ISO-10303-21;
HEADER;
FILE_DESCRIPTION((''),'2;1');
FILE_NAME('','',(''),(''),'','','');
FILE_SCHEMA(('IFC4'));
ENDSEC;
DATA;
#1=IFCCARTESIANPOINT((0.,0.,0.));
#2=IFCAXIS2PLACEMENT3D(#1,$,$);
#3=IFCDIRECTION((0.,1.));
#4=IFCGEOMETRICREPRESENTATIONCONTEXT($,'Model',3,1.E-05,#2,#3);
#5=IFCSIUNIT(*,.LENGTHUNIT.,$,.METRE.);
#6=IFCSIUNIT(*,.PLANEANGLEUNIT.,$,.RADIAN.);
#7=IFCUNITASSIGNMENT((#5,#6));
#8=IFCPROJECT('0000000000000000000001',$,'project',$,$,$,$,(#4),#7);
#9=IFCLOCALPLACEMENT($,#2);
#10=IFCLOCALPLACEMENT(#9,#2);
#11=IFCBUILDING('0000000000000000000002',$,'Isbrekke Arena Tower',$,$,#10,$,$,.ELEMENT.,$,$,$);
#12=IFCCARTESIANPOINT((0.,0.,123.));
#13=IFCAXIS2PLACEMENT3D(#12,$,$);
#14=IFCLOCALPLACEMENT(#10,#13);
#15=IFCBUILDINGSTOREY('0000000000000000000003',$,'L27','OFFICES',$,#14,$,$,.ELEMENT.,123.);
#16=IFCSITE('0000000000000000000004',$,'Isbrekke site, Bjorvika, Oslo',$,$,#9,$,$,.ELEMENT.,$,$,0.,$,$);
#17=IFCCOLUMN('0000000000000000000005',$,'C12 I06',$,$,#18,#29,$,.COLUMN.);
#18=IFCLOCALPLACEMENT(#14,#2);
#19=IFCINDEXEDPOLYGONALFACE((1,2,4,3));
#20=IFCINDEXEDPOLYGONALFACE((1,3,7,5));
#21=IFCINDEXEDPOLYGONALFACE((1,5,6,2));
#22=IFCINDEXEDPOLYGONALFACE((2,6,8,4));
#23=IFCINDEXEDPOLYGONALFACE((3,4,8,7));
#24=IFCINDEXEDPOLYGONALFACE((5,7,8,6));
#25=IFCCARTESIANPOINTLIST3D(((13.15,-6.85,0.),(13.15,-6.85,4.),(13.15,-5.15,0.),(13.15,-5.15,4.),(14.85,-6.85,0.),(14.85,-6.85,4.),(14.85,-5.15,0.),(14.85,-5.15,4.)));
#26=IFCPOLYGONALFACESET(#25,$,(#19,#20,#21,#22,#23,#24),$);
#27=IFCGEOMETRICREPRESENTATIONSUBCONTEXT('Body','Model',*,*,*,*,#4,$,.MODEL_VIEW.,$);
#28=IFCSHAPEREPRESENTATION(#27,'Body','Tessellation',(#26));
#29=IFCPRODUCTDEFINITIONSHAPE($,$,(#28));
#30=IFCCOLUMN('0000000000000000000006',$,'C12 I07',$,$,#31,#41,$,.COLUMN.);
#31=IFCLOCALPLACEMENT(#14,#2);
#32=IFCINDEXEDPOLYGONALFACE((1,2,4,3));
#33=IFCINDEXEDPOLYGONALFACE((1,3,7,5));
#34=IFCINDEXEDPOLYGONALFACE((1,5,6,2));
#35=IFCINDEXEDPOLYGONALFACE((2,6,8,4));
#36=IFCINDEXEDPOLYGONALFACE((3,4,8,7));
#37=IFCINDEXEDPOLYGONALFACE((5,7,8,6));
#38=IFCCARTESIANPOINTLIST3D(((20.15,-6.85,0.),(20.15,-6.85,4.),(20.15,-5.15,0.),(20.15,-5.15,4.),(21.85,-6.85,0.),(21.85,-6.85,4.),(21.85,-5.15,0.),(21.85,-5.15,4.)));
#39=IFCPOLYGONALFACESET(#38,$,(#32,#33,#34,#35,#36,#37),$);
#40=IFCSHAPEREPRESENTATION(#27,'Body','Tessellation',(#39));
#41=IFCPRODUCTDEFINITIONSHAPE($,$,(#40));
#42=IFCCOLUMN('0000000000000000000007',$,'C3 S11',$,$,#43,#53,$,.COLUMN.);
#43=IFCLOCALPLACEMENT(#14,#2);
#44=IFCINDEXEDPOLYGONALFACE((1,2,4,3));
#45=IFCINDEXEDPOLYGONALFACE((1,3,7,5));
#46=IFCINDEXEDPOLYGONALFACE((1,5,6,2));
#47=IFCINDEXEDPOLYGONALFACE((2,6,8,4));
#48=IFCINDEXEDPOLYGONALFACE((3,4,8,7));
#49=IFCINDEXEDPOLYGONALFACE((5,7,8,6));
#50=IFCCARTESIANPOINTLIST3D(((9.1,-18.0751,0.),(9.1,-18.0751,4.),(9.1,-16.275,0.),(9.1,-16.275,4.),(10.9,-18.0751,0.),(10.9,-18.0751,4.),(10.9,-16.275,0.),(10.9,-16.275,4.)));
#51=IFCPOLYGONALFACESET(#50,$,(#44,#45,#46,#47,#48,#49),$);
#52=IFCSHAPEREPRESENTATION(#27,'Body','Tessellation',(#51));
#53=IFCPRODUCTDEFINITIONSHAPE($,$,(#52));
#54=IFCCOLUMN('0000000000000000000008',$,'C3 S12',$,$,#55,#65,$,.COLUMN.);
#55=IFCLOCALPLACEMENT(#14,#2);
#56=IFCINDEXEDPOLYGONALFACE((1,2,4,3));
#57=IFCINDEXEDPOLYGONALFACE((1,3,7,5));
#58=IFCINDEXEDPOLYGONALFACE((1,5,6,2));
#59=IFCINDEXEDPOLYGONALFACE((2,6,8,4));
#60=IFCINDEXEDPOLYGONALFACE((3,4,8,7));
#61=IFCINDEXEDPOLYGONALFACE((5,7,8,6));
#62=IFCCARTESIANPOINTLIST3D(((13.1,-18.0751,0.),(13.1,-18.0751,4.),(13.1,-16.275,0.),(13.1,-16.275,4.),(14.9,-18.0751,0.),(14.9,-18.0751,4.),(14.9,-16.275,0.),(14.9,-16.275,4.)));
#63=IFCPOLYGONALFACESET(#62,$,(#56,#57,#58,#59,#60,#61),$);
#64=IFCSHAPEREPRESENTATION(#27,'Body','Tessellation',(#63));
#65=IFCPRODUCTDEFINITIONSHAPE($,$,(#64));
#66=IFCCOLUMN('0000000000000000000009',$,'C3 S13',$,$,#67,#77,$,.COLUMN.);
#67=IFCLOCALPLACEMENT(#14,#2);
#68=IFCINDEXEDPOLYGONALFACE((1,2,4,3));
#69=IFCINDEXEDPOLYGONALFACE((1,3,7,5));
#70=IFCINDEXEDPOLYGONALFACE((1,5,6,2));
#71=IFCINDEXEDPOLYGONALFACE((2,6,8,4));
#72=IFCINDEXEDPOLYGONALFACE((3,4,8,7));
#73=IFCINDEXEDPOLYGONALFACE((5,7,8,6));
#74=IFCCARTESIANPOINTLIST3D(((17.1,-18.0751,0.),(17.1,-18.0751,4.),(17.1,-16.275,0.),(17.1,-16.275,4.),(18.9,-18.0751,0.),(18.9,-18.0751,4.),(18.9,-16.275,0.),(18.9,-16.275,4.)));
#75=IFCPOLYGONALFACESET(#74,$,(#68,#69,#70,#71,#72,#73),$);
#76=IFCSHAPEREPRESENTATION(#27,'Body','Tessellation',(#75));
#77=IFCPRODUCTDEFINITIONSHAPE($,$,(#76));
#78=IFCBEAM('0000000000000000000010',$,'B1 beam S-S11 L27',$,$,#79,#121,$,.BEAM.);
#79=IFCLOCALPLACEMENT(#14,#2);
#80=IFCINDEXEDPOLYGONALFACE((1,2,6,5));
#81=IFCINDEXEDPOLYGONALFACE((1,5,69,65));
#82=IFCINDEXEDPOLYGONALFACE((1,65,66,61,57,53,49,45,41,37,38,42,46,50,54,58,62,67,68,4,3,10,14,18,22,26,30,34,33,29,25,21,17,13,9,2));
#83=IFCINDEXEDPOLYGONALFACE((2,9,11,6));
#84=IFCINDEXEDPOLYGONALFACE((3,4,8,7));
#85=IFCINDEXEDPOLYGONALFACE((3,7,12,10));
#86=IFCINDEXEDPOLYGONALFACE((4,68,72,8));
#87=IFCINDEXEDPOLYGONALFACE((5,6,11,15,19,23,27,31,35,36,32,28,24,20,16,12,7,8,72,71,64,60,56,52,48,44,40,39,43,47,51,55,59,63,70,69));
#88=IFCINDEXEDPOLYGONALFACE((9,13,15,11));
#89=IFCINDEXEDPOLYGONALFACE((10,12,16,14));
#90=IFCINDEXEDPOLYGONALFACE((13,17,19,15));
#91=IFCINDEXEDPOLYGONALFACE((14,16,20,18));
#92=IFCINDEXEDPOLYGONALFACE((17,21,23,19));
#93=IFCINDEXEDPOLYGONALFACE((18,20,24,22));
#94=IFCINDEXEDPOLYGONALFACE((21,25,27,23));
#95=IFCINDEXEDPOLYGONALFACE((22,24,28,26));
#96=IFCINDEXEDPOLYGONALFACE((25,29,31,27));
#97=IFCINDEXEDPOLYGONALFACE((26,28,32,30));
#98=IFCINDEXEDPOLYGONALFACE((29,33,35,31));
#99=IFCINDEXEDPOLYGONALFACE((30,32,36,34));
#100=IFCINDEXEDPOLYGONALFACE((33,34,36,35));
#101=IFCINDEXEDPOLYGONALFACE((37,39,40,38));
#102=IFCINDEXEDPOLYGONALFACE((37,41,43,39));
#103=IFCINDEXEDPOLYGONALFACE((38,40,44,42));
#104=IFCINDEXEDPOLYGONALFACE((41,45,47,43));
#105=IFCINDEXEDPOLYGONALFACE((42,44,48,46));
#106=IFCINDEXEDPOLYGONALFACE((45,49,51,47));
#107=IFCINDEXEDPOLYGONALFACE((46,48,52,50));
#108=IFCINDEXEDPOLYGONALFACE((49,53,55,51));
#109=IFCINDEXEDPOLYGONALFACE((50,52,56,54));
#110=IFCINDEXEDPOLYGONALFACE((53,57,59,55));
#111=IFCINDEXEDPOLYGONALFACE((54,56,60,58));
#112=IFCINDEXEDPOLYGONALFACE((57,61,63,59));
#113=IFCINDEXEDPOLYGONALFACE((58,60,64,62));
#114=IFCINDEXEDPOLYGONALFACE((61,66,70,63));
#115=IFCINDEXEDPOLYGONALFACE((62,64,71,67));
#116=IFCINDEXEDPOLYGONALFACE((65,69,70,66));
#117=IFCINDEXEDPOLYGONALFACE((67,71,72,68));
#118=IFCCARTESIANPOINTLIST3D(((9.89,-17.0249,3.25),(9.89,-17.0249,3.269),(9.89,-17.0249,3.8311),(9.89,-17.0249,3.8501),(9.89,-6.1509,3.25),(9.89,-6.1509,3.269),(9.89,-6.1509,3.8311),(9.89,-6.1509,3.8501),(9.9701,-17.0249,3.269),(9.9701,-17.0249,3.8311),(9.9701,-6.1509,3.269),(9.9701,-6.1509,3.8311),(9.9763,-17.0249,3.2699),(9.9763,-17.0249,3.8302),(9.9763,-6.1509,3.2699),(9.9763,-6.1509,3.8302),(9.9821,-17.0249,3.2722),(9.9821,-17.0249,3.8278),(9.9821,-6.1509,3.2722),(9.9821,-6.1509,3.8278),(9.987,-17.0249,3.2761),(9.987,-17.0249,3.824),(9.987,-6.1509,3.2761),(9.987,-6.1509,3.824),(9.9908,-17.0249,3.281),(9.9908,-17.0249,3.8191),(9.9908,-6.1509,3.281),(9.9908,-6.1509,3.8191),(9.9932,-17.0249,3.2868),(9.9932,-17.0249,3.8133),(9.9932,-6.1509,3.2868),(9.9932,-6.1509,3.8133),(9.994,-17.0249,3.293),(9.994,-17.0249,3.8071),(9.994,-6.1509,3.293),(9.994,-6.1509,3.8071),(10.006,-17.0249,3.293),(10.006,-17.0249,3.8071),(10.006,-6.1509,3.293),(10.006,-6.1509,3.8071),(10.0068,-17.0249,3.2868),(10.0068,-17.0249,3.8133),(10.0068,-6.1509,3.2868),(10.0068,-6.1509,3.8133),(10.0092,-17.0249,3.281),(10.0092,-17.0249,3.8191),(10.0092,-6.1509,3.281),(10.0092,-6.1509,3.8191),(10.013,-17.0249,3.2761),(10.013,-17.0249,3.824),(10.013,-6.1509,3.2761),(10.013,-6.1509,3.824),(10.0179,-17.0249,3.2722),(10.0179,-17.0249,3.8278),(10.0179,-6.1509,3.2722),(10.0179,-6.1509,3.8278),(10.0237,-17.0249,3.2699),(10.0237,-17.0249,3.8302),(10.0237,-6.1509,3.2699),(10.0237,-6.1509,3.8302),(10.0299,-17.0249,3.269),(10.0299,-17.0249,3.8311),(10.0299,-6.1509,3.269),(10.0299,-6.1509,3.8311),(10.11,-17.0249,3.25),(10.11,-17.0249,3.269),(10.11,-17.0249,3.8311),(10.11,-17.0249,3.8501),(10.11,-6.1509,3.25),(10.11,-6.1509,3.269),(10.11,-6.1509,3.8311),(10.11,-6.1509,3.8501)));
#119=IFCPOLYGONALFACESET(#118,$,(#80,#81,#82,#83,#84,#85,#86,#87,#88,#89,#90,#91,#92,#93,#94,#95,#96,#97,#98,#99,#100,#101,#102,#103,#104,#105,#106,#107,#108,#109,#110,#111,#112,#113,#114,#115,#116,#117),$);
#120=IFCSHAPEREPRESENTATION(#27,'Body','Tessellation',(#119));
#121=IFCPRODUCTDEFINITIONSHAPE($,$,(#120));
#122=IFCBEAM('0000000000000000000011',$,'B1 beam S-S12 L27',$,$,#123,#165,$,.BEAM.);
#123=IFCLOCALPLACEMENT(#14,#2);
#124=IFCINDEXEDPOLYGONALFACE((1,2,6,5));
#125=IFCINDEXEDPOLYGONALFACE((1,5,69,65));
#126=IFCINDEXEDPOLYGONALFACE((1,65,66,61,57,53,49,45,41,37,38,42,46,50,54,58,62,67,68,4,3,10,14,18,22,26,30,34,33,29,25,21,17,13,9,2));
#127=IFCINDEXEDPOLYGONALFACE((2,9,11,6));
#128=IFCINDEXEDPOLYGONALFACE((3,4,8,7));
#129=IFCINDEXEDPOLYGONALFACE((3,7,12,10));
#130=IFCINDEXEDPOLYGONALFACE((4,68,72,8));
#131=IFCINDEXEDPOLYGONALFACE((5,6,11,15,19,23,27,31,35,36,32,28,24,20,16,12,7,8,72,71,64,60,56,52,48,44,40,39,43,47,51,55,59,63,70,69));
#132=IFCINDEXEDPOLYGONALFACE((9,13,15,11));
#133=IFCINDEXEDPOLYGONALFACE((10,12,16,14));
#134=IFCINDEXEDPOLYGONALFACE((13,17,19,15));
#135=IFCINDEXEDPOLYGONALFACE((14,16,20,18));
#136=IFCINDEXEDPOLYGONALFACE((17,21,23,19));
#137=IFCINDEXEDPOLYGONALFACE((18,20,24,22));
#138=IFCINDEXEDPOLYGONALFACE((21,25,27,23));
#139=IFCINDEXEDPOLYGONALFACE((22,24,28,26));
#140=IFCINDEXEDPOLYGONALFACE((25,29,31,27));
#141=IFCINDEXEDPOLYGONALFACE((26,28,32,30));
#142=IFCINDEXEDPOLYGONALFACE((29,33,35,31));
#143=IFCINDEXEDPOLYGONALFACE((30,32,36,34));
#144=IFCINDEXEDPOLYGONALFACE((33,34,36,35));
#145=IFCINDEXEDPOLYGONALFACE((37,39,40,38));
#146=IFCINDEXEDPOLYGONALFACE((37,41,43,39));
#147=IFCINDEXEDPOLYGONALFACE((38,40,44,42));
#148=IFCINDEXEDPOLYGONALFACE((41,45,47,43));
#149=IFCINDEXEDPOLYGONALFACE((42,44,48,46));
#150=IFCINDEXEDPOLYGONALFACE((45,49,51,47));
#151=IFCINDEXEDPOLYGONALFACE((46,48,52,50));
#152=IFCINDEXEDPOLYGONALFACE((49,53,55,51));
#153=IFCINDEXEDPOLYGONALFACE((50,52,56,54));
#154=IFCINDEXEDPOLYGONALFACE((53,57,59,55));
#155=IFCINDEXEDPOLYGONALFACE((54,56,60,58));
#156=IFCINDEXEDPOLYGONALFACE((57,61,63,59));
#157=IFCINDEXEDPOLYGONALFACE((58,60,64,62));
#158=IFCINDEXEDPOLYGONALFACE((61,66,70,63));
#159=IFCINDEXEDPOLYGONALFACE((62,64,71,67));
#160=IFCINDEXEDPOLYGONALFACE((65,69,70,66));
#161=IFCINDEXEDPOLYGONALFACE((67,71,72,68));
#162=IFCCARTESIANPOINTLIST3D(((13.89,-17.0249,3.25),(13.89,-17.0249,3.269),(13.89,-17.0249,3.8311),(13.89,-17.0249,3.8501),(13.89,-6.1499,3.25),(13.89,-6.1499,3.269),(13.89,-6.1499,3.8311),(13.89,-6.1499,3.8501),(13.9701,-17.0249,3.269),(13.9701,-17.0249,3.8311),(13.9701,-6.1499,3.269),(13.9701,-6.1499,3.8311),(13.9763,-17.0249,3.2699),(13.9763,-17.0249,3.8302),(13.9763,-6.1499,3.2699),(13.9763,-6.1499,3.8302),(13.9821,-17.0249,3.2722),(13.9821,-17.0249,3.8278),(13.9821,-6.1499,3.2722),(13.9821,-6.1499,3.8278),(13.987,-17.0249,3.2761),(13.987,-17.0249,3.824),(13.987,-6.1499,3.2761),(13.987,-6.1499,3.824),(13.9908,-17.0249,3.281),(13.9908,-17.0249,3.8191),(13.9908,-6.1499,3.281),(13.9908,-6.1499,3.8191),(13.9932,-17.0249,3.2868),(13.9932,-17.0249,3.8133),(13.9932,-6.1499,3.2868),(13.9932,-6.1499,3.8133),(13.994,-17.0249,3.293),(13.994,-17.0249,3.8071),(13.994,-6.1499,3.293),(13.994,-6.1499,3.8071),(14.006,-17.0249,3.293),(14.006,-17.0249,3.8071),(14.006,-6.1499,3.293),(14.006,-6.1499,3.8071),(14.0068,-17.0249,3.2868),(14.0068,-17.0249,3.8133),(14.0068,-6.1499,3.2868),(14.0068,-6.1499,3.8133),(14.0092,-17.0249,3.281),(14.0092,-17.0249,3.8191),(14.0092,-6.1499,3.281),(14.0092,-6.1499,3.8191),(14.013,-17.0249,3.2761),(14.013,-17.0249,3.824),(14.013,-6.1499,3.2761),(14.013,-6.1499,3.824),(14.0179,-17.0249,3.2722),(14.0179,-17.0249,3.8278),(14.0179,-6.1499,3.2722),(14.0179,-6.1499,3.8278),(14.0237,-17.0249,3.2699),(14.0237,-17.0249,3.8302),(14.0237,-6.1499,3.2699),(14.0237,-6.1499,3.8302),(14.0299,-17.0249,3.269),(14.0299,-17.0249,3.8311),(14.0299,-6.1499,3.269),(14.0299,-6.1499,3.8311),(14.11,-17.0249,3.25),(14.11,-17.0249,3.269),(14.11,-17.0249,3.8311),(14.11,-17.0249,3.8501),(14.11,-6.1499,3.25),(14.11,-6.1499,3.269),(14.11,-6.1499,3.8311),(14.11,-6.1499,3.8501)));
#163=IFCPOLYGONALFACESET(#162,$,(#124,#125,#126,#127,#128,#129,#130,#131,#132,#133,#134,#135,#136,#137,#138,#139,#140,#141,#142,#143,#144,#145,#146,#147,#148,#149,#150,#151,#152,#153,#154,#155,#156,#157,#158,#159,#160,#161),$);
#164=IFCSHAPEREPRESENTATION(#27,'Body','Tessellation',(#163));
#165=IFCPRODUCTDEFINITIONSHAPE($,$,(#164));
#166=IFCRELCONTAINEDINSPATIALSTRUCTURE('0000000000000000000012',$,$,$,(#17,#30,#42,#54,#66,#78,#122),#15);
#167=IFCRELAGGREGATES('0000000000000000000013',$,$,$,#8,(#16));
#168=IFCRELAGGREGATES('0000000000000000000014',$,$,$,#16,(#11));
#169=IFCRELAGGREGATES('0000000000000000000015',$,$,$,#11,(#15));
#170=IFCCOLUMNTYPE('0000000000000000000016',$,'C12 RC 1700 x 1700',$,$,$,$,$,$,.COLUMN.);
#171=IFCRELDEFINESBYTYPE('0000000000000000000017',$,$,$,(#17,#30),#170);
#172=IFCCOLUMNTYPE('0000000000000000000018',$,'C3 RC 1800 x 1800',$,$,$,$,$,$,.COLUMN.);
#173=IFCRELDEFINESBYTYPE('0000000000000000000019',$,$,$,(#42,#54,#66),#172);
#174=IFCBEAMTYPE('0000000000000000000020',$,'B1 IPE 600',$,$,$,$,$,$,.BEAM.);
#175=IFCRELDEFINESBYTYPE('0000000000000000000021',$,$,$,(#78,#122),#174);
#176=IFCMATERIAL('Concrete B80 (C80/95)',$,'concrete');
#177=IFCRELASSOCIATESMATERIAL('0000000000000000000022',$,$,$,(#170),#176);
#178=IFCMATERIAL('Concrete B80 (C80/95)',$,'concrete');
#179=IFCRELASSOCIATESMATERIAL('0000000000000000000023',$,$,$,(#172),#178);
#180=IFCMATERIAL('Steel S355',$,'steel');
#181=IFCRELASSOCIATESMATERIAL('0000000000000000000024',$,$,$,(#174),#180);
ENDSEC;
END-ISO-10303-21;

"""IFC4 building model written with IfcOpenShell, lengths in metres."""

from ifc_helpers import new_model, si_unit, direction, frame, origin, origin_2d, place, context, subcontext, project, spatial, rectangle, i_section, extrude, material, material_profile, profile_set, type_object, element, save


model = new_model("IFC4")

# Units and contexts
model_context = context("Model", 3, precision=1e-05, world=origin(), true_north=direction((0.0, 1.0)))
body_context = subcontext(model_context, "Body", "Model", "MODEL_VIEW")
ifc_project = project(units=[si_unit("LENGTHUNIT", "METRE"), si_unit("PLANEANGLEUNIT", "RADIAN")], contexts=[model_context])

# Site, building, storey
site_placement = place(None, origin())
site = spatial("IfcSite", under=ifc_project, at=site_placement, Name="Isbrekke site, Bjorvika, Oslo", CompositionType="ELEMENT", RefElevation=0.0)
building_placement = place(site_placement, origin())
building = spatial("IfcBuilding", under=site, at=building_placement, Name="Isbrekke Arena Tower", CompositionType="ELEMENT")
storey_placement = place(building_placement, frame((0.0, 0.0, 123.0)))
storey = spatial("IfcBuildingStorey", under=building, at=storey_placement, Name="L27", Description="OFFICES", CompositionType="ELEMENT", Elevation=123.0)

# Columns
ifc_material_1 = material(Name="Concrete B80 (C80/95)", Category="concrete")
ifc_material_profile_1 = material_profile(ifc_material_1, rectangle(XDim=1.7, YDim=1.7, at=origin_2d()), Name="RC 1700x1700")
ifc_profile_set_1 = profile_set([ifc_material_profile_1], Name="Concrete B80 (C80/95)")
column_type_1 = type_object("IfcColumnType", Name="C12 RC 1700 x 1700", PredefinedType="COLUMN", material=ifc_profile_set_1)
for number, where, z_axis, x_axis, name in (
    (1, (14.0, -6.0, 0.0), (0.0, 0.0, 1.0), (1.0, 0.0, 0.0), "C12 I06"),
    (2, (21.0, -6.0, 0.0), (0.0, 0.0, 1.0), (1.0, 0.0, 0.0), "C12 I07"),
):
    element("IfcColumn", number, at=place(storey_placement, frame(where, z_axis=z_axis, x_axis=x_axis)), inside=storey, type_object=column_type_1, Name=name, PredefinedType="COLUMN", context=body_context, shape_type="SweptSolid", body=[
        extrude(rectangle(XDim=1.7, YDim=1.7, at=origin_2d()), origin(), (0.0, 0.0, 1.0), 4.0),
    ])
ifc_material_2 = material(Name="Concrete B80 (C80/95)", Category="concrete")
ifc_material_profile_2 = material_profile(ifc_material_2, rectangle(XDim=1.8, YDim=1.8, at=origin_2d()), Name="RC 1800x1800")
ifc_profile_set_2 = profile_set([ifc_material_profile_2], Name="Concrete B80 (C80/95)")
column_type_2 = type_object("IfcColumnType", Name="C3 RC 1800 x 1800", PredefinedType="COLUMN", material=ifc_profile_set_2)
for number, where, z_axis, x_axis, name in (
    (3, (10.0, -17.175, 0.0), (0.0, 0.0, 1.0), (1.0, 0.0, 0.0), "C3 S11"),
    (4, (14.0, -17.175, 0.0), (0.0, 0.0, 1.0), (1.0, 0.0, 0.0), "C3 S12"),
    (5, (18.0, -17.175, 0.0), (0.0, 0.0, 1.0), (1.0, 0.0, 0.0), "C3 S13"),
):
    element("IfcColumn", number, at=place(storey_placement, frame(where, z_axis=z_axis, x_axis=x_axis)), inside=storey, type_object=column_type_2, Name=name, PredefinedType="COLUMN", context=body_context, shape_type="SweptSolid", body=[
        extrude(rectangle(XDim=1.8, YDim=1.8, at=origin_2d()), origin(), (0.0, 0.0, 1.0), 4.0),
    ])

# Beams
ifc_material_3 = material(Name="Steel S355", Category="steel")
ifc_material_profile_3 = material_profile(ifc_material_3, i_section(OverallWidth=0.22, OverallDepth=0.6001, WebThickness=0.012, FlangeThickness=0.019, FilletRadius=0.0239, at=origin_2d()), Name="IPE 600")
ifc_profile_set_3 = profile_set([ifc_material_profile_3], Name="Steel S355")
beam_type_1 = type_object("IfcBeamType", Name="B1 IPE 600", PredefinedType="BEAM", material=ifc_profile_set_3)
beam_1_placement = place(storey_placement, frame((10.0, -17.0249, 3.55), z_axis=(0.0, 1.0, 0.0), x_axis=(-1.0, 0.0, 0.0)))
element("IfcBeam", 6, at=beam_1_placement, inside=storey, type_object=beam_type_1, Name="B1 beam S-S11 L27", PredefinedType="BEAM", context=body_context, shape_type="SweptSolid", body=[
    extrude(i_section(OverallWidth=0.22, OverallDepth=0.6001, WebThickness=0.012, FlangeThickness=0.019, FilletRadius=0.0239, at=origin_2d()), origin(), (0.0, 0.0, 1.0), 10.874),
])
beam_2_placement = place(storey_placement, frame((14.0, -17.0249, 3.55), z_axis=(0.0, 1.0, 0.0), x_axis=(-1.0, 0.0, 0.0)))
element("IfcBeam", 7, at=beam_2_placement, inside=storey, type_object=beam_type_1, Name="B1 beam S-S12 L27", PredefinedType="BEAM", context=body_context, shape_type="SweptSolid", body=[
    extrude(i_section(OverallWidth=0.22, OverallDepth=0.6001, WebThickness=0.012, FlangeThickness=0.019, FilletRadius=0.0239, at=origin_2d()), origin(), (0.0, 0.0, 1.0), 10.875),
])

save(model, "model.ifc")
